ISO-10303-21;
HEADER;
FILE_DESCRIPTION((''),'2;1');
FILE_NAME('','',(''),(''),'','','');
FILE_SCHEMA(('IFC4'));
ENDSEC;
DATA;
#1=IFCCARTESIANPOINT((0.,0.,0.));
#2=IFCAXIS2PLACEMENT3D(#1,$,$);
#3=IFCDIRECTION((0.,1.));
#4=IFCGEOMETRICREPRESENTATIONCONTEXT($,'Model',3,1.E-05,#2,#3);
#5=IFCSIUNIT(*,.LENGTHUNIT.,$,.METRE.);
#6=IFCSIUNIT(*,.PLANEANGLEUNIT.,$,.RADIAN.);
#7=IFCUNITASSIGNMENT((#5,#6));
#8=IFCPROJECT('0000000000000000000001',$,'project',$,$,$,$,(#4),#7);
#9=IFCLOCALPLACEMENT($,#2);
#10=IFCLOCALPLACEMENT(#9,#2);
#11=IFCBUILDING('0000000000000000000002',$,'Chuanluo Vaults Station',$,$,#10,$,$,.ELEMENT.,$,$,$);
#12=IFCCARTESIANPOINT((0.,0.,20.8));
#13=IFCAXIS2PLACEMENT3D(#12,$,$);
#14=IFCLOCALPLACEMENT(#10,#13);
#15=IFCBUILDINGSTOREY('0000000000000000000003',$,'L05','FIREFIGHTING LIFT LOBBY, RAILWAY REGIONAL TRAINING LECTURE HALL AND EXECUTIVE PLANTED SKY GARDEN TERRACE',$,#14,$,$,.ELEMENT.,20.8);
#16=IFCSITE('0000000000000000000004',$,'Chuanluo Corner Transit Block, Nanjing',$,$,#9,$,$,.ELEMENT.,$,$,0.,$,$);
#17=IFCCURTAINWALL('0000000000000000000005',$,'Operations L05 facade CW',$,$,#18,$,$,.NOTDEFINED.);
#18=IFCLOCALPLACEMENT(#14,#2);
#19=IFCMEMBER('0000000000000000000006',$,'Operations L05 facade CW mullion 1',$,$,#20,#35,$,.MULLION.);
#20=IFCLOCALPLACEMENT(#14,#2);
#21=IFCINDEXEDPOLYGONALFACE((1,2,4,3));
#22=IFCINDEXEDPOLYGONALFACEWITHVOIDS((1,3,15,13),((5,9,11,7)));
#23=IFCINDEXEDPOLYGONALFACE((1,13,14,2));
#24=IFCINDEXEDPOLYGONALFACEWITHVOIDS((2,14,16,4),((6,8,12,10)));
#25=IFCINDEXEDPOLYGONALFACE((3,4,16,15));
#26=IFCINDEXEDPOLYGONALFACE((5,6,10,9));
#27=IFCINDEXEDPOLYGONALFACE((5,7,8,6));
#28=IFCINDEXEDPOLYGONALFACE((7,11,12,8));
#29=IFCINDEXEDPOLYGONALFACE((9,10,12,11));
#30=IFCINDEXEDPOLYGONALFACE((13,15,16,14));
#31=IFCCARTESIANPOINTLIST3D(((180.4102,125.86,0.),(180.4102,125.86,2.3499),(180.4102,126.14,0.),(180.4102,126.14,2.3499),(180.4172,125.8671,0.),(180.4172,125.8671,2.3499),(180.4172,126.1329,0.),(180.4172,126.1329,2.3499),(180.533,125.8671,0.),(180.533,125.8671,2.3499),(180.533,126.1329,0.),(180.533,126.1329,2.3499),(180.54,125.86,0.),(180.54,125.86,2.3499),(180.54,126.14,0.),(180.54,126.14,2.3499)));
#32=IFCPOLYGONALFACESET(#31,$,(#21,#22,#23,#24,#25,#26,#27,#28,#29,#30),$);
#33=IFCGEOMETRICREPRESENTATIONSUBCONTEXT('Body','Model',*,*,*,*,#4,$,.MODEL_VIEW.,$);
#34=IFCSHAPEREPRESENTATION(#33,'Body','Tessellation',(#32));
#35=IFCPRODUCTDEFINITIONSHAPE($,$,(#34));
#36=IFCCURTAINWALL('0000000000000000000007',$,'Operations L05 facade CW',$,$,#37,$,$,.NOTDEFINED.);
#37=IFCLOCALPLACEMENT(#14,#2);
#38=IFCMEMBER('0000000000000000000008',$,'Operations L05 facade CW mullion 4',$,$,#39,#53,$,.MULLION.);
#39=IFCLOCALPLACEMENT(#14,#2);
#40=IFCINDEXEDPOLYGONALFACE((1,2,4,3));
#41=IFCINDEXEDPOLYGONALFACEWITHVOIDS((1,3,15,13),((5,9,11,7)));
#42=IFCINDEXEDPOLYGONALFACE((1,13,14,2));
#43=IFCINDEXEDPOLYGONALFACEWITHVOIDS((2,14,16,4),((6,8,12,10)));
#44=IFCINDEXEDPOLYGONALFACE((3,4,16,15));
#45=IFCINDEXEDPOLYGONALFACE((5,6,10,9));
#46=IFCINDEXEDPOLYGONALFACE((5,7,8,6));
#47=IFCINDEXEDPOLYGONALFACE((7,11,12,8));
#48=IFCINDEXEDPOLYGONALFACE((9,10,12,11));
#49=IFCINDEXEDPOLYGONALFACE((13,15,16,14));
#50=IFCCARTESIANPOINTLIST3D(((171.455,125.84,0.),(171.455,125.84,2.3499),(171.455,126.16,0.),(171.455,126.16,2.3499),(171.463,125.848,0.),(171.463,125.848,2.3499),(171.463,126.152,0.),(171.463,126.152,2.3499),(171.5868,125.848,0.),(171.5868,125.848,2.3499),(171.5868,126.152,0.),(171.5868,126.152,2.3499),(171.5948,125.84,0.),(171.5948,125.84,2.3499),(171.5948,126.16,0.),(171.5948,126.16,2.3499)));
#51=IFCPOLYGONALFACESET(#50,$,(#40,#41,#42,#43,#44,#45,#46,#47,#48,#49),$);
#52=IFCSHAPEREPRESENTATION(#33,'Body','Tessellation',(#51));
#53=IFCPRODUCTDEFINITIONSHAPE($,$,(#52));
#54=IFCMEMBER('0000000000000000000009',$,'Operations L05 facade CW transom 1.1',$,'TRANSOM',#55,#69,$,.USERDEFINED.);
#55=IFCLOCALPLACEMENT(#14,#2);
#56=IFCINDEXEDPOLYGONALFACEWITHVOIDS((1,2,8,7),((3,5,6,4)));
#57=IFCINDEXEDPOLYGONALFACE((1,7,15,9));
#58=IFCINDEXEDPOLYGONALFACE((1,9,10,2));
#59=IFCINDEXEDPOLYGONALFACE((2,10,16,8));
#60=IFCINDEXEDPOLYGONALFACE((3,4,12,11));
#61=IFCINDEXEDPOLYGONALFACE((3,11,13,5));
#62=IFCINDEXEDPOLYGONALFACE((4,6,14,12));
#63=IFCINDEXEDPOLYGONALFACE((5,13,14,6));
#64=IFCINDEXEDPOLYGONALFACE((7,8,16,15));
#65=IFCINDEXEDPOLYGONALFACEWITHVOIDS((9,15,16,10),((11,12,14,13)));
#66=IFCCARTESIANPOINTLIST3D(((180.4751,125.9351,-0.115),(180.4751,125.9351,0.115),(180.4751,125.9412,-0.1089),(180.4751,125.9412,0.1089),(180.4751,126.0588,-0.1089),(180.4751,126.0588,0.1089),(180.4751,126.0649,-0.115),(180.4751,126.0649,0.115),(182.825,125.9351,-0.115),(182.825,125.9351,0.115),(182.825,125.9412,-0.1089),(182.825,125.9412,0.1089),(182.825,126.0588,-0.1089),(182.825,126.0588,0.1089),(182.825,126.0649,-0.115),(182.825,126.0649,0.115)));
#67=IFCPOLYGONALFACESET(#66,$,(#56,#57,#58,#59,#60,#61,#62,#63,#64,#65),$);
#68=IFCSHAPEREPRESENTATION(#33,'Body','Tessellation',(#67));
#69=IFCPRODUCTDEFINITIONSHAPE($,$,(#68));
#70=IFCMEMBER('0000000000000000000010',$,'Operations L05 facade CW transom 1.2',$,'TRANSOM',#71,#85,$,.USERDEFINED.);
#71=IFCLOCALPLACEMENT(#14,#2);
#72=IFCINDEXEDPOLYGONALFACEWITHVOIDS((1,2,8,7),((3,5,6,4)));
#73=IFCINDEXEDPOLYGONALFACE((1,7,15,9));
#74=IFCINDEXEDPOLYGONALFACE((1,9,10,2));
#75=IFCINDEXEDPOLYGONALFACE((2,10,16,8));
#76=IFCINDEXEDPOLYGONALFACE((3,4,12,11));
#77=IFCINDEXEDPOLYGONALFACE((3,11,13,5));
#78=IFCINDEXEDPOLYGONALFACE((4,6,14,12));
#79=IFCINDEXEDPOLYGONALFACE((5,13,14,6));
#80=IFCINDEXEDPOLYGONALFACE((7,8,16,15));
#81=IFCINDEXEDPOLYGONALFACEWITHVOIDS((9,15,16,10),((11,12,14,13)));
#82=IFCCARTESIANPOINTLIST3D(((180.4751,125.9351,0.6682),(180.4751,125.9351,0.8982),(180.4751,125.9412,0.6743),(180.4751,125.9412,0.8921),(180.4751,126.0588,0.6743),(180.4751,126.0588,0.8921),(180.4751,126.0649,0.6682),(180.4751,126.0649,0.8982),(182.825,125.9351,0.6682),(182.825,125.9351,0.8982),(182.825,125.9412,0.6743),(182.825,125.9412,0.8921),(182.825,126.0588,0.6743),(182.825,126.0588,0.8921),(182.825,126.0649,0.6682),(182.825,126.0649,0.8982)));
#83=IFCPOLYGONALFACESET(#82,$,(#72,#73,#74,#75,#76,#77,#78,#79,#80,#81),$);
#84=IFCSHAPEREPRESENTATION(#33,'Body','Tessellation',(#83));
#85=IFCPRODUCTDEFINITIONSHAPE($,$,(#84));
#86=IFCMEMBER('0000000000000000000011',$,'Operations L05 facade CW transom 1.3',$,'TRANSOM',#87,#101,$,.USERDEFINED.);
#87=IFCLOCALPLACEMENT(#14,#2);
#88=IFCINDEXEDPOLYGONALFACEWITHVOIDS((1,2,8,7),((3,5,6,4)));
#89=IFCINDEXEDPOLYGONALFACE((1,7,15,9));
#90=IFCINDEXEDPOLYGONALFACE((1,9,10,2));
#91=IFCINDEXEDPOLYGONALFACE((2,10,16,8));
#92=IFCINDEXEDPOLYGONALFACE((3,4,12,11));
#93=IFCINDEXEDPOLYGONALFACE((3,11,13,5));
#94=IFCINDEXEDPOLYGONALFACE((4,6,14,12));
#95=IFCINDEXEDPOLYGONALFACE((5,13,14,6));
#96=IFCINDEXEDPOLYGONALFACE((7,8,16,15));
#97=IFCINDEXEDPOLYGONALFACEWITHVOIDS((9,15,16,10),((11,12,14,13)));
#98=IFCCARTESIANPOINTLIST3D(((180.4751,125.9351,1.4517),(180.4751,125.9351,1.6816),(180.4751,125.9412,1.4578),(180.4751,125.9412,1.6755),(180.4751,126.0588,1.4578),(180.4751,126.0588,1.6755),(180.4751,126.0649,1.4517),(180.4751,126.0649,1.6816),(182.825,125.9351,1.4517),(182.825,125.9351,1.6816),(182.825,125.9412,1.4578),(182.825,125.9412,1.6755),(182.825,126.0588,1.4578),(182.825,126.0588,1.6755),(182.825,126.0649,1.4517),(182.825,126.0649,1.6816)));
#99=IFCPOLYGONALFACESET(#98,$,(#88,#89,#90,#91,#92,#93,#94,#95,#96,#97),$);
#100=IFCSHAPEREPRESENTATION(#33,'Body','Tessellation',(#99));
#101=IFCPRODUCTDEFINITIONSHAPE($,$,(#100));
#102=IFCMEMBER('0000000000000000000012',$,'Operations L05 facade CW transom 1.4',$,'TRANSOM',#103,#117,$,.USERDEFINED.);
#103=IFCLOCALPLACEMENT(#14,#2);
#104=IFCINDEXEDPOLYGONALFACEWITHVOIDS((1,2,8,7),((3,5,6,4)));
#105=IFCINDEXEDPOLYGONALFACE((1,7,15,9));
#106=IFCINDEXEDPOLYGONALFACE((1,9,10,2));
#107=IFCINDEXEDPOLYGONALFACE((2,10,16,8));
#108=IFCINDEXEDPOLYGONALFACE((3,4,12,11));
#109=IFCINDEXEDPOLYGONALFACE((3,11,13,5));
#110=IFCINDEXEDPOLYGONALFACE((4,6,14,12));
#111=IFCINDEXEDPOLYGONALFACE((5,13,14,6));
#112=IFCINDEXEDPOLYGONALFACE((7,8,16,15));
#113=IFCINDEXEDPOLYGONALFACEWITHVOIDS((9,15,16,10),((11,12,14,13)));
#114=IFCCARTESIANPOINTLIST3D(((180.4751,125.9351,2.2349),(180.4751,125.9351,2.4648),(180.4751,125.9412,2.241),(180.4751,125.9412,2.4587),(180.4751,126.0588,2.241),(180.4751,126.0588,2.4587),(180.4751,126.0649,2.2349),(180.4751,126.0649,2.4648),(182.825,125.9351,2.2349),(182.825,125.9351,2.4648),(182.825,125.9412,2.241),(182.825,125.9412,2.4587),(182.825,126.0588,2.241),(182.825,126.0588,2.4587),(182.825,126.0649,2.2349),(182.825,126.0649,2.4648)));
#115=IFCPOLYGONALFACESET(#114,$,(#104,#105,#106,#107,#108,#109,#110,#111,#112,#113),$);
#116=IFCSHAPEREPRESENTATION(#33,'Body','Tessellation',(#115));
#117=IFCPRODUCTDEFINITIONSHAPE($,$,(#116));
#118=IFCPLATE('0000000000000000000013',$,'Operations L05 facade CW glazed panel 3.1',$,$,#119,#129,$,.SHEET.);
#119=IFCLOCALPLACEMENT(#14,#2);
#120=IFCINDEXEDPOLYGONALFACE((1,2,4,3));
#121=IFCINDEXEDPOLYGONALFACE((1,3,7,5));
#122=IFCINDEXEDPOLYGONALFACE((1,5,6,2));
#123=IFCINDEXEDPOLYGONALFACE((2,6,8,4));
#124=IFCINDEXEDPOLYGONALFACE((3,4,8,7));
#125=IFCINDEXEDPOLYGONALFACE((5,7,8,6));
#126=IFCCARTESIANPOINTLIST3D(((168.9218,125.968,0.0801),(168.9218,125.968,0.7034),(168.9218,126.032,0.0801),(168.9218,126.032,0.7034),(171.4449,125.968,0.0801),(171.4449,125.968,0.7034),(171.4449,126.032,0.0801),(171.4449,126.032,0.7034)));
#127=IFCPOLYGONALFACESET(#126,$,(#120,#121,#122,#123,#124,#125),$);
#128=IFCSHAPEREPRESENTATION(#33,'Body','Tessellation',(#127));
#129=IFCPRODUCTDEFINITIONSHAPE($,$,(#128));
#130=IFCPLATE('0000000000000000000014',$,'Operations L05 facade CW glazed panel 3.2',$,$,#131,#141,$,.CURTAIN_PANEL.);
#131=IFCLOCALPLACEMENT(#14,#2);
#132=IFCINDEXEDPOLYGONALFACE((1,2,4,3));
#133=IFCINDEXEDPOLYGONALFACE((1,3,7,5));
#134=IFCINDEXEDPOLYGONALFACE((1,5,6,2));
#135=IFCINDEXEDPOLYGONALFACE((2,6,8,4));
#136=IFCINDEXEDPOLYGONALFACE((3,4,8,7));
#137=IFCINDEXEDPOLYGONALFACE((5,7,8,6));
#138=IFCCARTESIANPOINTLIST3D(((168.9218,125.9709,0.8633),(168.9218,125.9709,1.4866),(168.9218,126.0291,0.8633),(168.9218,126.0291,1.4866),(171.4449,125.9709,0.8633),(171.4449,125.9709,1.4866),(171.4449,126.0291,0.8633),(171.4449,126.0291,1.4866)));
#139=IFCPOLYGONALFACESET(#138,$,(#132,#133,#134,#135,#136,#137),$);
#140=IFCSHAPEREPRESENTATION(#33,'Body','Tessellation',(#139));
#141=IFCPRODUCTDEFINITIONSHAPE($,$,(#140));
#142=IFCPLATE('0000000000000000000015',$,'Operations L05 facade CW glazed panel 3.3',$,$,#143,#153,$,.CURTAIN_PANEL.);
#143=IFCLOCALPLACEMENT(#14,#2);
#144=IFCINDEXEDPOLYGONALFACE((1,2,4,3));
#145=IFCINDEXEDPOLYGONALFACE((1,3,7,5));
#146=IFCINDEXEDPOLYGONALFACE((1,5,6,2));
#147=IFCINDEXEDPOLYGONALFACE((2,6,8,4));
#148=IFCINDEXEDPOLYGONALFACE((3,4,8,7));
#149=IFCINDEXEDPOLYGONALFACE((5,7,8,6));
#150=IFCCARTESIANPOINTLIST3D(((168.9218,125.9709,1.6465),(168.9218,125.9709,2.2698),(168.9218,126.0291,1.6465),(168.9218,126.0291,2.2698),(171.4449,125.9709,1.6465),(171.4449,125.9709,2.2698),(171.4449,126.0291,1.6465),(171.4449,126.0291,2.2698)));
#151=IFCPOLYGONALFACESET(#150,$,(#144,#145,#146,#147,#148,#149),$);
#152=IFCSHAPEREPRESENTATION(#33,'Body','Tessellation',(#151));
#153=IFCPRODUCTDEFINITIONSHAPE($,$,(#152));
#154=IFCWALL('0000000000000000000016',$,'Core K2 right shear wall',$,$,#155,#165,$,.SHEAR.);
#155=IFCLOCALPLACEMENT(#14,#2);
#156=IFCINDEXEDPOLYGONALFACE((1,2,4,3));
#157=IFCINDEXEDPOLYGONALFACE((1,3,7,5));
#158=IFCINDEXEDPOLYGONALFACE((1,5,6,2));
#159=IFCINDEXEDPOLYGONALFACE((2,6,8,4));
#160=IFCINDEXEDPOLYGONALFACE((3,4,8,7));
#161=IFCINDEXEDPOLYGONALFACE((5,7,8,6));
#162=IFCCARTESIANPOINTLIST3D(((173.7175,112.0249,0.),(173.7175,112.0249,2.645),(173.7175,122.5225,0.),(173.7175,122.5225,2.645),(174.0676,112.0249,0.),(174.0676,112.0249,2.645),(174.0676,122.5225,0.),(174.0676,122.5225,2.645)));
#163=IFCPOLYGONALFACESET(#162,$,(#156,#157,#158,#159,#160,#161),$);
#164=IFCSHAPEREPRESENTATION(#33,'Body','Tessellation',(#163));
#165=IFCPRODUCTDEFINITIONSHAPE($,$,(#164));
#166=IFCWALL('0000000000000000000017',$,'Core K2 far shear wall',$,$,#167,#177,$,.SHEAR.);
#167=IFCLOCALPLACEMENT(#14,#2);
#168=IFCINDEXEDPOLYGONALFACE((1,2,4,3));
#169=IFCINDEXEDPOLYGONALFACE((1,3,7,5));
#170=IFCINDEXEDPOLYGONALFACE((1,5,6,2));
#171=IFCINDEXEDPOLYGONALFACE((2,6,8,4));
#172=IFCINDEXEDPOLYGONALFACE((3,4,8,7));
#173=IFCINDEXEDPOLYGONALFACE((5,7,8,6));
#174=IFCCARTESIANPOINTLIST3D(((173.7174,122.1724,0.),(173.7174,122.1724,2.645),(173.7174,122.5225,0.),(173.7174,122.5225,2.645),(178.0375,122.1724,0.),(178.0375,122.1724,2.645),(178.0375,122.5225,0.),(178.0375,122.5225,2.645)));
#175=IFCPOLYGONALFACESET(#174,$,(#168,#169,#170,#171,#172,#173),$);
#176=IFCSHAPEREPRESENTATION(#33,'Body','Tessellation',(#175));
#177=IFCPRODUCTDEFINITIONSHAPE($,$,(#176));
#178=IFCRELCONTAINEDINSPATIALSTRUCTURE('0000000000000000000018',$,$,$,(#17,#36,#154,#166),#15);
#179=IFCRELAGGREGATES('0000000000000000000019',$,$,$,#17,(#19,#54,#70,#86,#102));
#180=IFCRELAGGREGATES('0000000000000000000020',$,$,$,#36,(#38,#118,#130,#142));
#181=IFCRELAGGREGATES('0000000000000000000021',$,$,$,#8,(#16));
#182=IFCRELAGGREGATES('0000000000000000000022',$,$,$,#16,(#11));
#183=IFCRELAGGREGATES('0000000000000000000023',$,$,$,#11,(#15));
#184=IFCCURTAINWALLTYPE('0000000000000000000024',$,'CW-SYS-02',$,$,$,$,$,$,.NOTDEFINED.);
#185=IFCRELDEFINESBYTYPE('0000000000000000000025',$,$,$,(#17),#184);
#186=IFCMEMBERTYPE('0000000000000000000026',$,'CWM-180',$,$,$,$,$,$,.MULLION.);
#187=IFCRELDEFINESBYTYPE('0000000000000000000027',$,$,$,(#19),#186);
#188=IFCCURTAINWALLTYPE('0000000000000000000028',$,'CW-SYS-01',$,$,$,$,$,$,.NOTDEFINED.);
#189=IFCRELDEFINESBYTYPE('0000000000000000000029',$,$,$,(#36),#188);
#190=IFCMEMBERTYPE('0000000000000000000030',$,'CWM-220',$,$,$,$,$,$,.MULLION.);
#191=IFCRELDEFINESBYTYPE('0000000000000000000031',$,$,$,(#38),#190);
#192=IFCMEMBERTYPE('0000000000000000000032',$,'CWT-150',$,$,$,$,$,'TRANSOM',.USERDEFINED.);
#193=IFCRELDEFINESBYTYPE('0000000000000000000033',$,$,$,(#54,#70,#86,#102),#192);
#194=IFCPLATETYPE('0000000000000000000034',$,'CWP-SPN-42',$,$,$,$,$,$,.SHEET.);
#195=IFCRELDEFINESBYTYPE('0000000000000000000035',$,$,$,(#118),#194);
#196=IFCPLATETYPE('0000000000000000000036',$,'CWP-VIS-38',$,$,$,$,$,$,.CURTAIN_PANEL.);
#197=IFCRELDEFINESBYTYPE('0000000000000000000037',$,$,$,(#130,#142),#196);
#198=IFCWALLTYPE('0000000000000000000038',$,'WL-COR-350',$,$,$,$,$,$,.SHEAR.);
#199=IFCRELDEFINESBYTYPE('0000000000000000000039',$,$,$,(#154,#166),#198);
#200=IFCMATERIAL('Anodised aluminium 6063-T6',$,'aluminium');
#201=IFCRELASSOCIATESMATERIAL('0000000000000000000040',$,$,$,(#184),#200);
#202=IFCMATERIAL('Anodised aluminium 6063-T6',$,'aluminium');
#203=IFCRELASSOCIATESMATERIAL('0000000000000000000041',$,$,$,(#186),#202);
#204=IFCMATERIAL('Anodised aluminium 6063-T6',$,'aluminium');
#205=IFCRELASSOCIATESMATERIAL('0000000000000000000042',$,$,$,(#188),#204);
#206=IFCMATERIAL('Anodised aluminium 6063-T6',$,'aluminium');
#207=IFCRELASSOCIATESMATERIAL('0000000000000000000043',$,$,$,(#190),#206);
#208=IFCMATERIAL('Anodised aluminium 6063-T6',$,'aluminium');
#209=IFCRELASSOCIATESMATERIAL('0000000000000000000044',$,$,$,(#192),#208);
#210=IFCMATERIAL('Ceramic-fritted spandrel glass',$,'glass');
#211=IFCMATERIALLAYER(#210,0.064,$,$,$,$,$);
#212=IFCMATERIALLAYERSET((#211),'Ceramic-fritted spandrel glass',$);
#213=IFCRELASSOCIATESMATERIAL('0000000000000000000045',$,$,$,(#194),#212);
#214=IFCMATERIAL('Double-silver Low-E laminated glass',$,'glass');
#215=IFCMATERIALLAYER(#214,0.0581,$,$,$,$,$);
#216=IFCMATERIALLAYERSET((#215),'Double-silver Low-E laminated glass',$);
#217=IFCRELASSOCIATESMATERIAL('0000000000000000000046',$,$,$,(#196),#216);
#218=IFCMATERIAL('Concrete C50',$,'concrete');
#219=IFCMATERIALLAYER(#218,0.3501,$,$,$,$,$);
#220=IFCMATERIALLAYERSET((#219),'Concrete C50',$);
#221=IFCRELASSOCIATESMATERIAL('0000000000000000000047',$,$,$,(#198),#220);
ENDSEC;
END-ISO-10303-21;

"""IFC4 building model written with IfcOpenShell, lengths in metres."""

from ifc_helpers import new_model, si_unit, direction, frame, frame_2d, origin, origin_2d, place, context, subcontext, project, spatial, rectangle, hollow_rectangle, extrude, material, layer, layer_set, material_profile, profile_set, type_object, element, aggregate, save


model = new_model("IFC4")

# Units and contexts
model_context = context("Model", 3, precision=1e-05, world=origin(), true_north=direction((0.0, 1.0)))
body_context = subcontext(model_context, "Body", "Model", "MODEL_VIEW")
ifc_project = project(units=[si_unit("LENGTHUNIT", "METRE"), si_unit("PLANEANGLEUNIT", "RADIAN")], contexts=[model_context])

# Site, building, storey
site_placement = place(None, origin())
site = spatial("IfcSite", under=ifc_project, at=site_placement, Name="Chuanluo Corner Transit Block, Nanjing", CompositionType="ELEMENT", RefElevation=0.0)
building_placement = place(site_placement, origin())
building = spatial("IfcBuilding", under=site, at=building_placement, Name="Chuanluo Vaults Station", CompositionType="ELEMENT")
storey_placement = place(building_placement, frame((0.0, 0.0, 20.8)))
storey = spatial("IfcBuildingStorey", under=building, at=storey_placement, Name="L05", Description="FIREFIGHTING LIFT LOBBY, RAILWAY REGIONAL TRAINING LECTURE HALL AND EXECUTIVE PLANTED SKY GARDEN TERRACE", CompositionType="ELEMENT", Elevation=20.8)

# Curtain walls, members
ifc_material_1 = material(Name="Anodised aluminium 6063-T6", Category="aluminium")
curtain_wall_type_1 = type_object("IfcCurtainWallType", Name="CW-SYS-02", PredefinedType="NOTDEFINED", material=ifc_material_1)
curtain_wall_1_placement = place(storey_placement, origin())
curtain_wall_1 = element("IfcCurtainWall", 1, at=curtain_wall_1_placement, inside=storey, type_object=curtain_wall_type_1, Name="Operations L05 facade CW", PredefinedType="NOTDEFINED")
ifc_material_2 = material(Name="Anodised aluminium 6063-T6", Category="aluminium")
ifc_material_profile_1 = material_profile(ifc_material_2, hollow_rectangle(XDim=0.1299, YDim=0.28, WallThickness=0.0071, at=origin_2d()))
ifc_profile_set_1 = profile_set([ifc_material_profile_1], Name="Anodised aluminium 6063-T6")
member_type_1 = type_object("IfcMemberType", Name="CWM-180", PredefinedType="MULLION", material=ifc_profile_set_1)
member_1_placement = place(storey_placement, frame((180.4751, 126.0, 0.0), z_axis=(0.0, 0.0, 1.0), x_axis=(1.0, 0.0, 0.0)))
member_1 = element("IfcMember", 2, at=member_1_placement, type_object=member_type_1, Name="Operations L05 facade CW mullion 1", PredefinedType="MULLION", context=body_context, shape_type="SweptSolid", body=[
    extrude(hollow_rectangle(XDim=0.1299, YDim=0.28, WallThickness=0.0071, at=origin_2d()), origin(), (0.0, 0.0, 1.0), 2.3499),
])
ifc_material_3 = material(Name="Anodised aluminium 6063-T6", Category="aluminium")
curtain_wall_type_2 = type_object("IfcCurtainWallType", Name="CW-SYS-01", PredefinedType="NOTDEFINED", material=ifc_material_3)
curtain_wall_2_placement = place(storey_placement, origin())
curtain_wall_2 = element("IfcCurtainWall", 3, at=curtain_wall_2_placement, inside=storey, type_object=curtain_wall_type_2, Name="Operations L05 facade CW", PredefinedType="NOTDEFINED")
ifc_material_4 = material(Name="Anodised aluminium 6063-T6", Category="aluminium")
ifc_material_profile_2 = material_profile(ifc_material_4, hollow_rectangle(XDim=0.1399, YDim=0.3201, WallThickness=0.0081, at=origin_2d()))
ifc_profile_set_2 = profile_set([ifc_material_profile_2], Name="Anodised aluminium 6063-T6")
member_type_2 = type_object("IfcMemberType", Name="CWM-220", PredefinedType="MULLION", material=ifc_profile_set_2)
member_2_placement = place(storey_placement, frame((171.5249, 126.0, 0.0), z_axis=(0.0, 0.0, 1.0), x_axis=(1.0, 0.0, 0.0)))
member_2 = element("IfcMember", 4, at=member_2_placement, type_object=member_type_2, Name="Operations L05 facade CW mullion 4", PredefinedType="MULLION", context=body_context, shape_type="SweptSolid", body=[
    extrude(hollow_rectangle(XDim=0.1399, YDim=0.3201, WallThickness=0.0081, at=origin_2d()), origin(), (0.0, 0.0, 1.0), 2.3499),
])

# Members
ifc_material_5 = material(Name="Anodised aluminium 6063-T6", Category="aluminium")
ifc_material_profile_3 = material_profile(ifc_material_5, hollow_rectangle(XDim=0.1299, YDim=0.23, WallThickness=0.0061, at=origin_2d()))
ifc_profile_set_3 = profile_set([ifc_material_profile_3], Name="Anodised aluminium 6063-T6")
member_type_3 = type_object("IfcMemberType", Name="CWT-150", ElementType="TRANSOM", PredefinedType="USERDEFINED", material=ifc_profile_set_3)
member_3_placement = place(storey_placement, frame((180.4751, 126.0, 0.0), z_axis=(1.0, 0.0, 0.0), x_axis=(0.0, 1.0, 0.0)))
member_3 = element("IfcMember", 5, at=member_3_placement, type_object=member_type_3, Name="Operations L05 facade CW transom 1.1", ObjectType="TRANSOM", PredefinedType="USERDEFINED", context=body_context, shape_type="SweptSolid", body=[
    extrude(hollow_rectangle(XDim=0.1299, YDim=0.23, WallThickness=0.0061, at=origin_2d()), origin(), (0.0, 0.0, 1.0), 2.3499),
])
member_4_placement = place(storey_placement, frame((180.4751, 126.0, 0.7832), z_axis=(1.0, 0.0, 0.0), x_axis=(0.0, 1.0, 0.0)))
member_4 = element("IfcMember", 6, at=member_4_placement, type_object=member_type_3, Name="Operations L05 facade CW transom 1.2", ObjectType="TRANSOM", PredefinedType="USERDEFINED", context=body_context, shape_type="SweptSolid", body=[
    extrude(hollow_rectangle(XDim=0.1299, YDim=0.23, WallThickness=0.0061, at=origin_2d()), origin(), (0.0, 0.0, 1.0), 2.3499),
])
member_5_placement = place(storey_placement, frame((180.4751, 126.0, 1.5667), z_axis=(1.0, 0.0, 0.0), x_axis=(0.0, 1.0, 0.0)))
member_5 = element("IfcMember", 7, at=member_5_placement, type_object=member_type_3, Name="Operations L05 facade CW transom 1.3", ObjectType="TRANSOM", PredefinedType="USERDEFINED", context=body_context, shape_type="SweptSolid", body=[
    extrude(hollow_rectangle(XDim=0.1299, YDim=0.23, WallThickness=0.0061, at=origin_2d()), origin(), (0.0, 0.0, 1.0), 2.3499),
])
member_6_placement = place(storey_placement, frame((180.4751, 126.0, 2.3499), z_axis=(1.0, 0.0, 0.0), x_axis=(0.0, 1.0, 0.0)))
member_6 = element("IfcMember", 8, at=member_6_placement, type_object=member_type_3, Name="Operations L05 facade CW transom 1.4", ObjectType="TRANSOM", PredefinedType="USERDEFINED", context=body_context, shape_type="SweptSolid", body=[
    extrude(hollow_rectangle(XDim=0.1299, YDim=0.23, WallThickness=0.0061, at=origin_2d()), origin(), (0.0, 0.0, 1.0), 2.3499),
])
aggregate(curtain_wall_1, [member_1, member_3, member_4, member_5, member_6])

# Plates
ifc_material_6 = material(Name="Ceramic-fritted spandrel glass", Category="glass")
ifc_layer_1 = layer(ifc_material_6, 0.064)
ifc_layer_set_1 = layer_set([ifc_layer_1], Name="Ceramic-fritted spandrel glass")
plate_type_1 = type_object("IfcPlateType", Name="CWP-SPN-42", PredefinedType="SHEET", material=ifc_layer_set_1)
plate_1_placement = place(storey_placement, frame((170.1833, 126.0, 0.0801), z_axis=(0.0, 0.0, 1.0), x_axis=(1.0, 0.0, 0.0)))
plate_1 = element("IfcPlate", 9, at=plate_1_placement, type_object=plate_type_1, Name="Operations L05 facade CW glazed panel 3.1", PredefinedType="SHEET", context=body_context, shape_type="SweptSolid", body=[
    extrude(rectangle(XDim=2.5232, YDim=0.064, at=origin_2d()), origin(), (0.0, 0.0, 1.0), 0.6233),
])
ifc_material_7 = material(Name="Double-silver Low-E laminated glass", Category="glass")
ifc_layer_2 = layer(ifc_material_7, 0.0581)
ifc_layer_set_2 = layer_set([ifc_layer_2], Name="Double-silver Low-E laminated glass")
plate_type_2 = type_object("IfcPlateType", Name="CWP-VIS-38", PredefinedType="CURTAIN_PANEL", material=ifc_layer_set_2)
plate_2_placement = place(storey_placement, frame((170.1833, 126.0, 0.8633), z_axis=(0.0, 0.0, 1.0), x_axis=(1.0, 0.0, 0.0)))
plate_2 = element("IfcPlate", 10, at=plate_2_placement, type_object=plate_type_2, Name="Operations L05 facade CW glazed panel 3.2", PredefinedType="CURTAIN_PANEL", context=body_context, shape_type="SweptSolid", body=[
    extrude(rectangle(XDim=2.5232, YDim=0.0581, at=origin_2d()), origin(), (0.0, 0.0, 1.0), 0.6233),
])
plate_3_placement = place(storey_placement, frame((170.1833, 126.0, 1.6465), z_axis=(0.0, 0.0, 1.0), x_axis=(1.0, 0.0, 0.0)))
plate_3 = element("IfcPlate", 11, at=plate_3_placement, type_object=plate_type_2, Name="Operations L05 facade CW glazed panel 3.3", PredefinedType="CURTAIN_PANEL", context=body_context, shape_type="SweptSolid", body=[
    extrude(rectangle(XDim=2.5232, YDim=0.0581, at=origin_2d()), origin(), (0.0, 0.0, 1.0), 0.6233),
])
aggregate(curtain_wall_2, [member_2, plate_1, plate_2, plate_3])

# Walls
ifc_material_8 = material(Name="Concrete C50", Category="concrete")
ifc_layer_3 = layer(ifc_material_8, 0.3501)
ifc_layer_set_3 = layer_set([ifc_layer_3], Name="Concrete C50")
wall_type_1 = type_object("IfcWallType", Name="WL-COR-350", PredefinedType="SHEAR", material=ifc_layer_set_3)
wall_1_placement = place(storey_placement, frame((173.8926, 122.5225, 0.0), z_axis=(0.0, 0.0, 1.0), x_axis=(0.0, -1.0, 0.0)))
element("IfcWall", 12, at=wall_1_placement, inside=storey, type_object=wall_type_1, Name="Core K2 right shear wall", PredefinedType="SHEAR", context=body_context, shape_type="SweptSolid", body=[
    extrude(rectangle(XDim=10.4976, YDim=0.3501, at=frame_2d((5.2488, 0.0))), origin(), (0.0, 0.0, 1.0), 2.645),
])
wall_2_placement = place(storey_placement, frame((178.0376, 122.3474, 0.0), z_axis=(0.0, 0.0, 1.0), x_axis=(-1.0, 0.0, 0.0)))
element("IfcWall", 13, at=wall_2_placement, inside=storey, type_object=wall_type_1, Name="Core K2 far shear wall", PredefinedType="SHEAR", context=body_context, shape_type="SweptSolid", body=[
    extrude(rectangle(XDim=4.3201, YDim=0.3501, at=frame_2d((2.1602, 0.0))), origin(), (0.0, 0.0, 1.0), 2.645),
])

save(model, "model.ifc")
